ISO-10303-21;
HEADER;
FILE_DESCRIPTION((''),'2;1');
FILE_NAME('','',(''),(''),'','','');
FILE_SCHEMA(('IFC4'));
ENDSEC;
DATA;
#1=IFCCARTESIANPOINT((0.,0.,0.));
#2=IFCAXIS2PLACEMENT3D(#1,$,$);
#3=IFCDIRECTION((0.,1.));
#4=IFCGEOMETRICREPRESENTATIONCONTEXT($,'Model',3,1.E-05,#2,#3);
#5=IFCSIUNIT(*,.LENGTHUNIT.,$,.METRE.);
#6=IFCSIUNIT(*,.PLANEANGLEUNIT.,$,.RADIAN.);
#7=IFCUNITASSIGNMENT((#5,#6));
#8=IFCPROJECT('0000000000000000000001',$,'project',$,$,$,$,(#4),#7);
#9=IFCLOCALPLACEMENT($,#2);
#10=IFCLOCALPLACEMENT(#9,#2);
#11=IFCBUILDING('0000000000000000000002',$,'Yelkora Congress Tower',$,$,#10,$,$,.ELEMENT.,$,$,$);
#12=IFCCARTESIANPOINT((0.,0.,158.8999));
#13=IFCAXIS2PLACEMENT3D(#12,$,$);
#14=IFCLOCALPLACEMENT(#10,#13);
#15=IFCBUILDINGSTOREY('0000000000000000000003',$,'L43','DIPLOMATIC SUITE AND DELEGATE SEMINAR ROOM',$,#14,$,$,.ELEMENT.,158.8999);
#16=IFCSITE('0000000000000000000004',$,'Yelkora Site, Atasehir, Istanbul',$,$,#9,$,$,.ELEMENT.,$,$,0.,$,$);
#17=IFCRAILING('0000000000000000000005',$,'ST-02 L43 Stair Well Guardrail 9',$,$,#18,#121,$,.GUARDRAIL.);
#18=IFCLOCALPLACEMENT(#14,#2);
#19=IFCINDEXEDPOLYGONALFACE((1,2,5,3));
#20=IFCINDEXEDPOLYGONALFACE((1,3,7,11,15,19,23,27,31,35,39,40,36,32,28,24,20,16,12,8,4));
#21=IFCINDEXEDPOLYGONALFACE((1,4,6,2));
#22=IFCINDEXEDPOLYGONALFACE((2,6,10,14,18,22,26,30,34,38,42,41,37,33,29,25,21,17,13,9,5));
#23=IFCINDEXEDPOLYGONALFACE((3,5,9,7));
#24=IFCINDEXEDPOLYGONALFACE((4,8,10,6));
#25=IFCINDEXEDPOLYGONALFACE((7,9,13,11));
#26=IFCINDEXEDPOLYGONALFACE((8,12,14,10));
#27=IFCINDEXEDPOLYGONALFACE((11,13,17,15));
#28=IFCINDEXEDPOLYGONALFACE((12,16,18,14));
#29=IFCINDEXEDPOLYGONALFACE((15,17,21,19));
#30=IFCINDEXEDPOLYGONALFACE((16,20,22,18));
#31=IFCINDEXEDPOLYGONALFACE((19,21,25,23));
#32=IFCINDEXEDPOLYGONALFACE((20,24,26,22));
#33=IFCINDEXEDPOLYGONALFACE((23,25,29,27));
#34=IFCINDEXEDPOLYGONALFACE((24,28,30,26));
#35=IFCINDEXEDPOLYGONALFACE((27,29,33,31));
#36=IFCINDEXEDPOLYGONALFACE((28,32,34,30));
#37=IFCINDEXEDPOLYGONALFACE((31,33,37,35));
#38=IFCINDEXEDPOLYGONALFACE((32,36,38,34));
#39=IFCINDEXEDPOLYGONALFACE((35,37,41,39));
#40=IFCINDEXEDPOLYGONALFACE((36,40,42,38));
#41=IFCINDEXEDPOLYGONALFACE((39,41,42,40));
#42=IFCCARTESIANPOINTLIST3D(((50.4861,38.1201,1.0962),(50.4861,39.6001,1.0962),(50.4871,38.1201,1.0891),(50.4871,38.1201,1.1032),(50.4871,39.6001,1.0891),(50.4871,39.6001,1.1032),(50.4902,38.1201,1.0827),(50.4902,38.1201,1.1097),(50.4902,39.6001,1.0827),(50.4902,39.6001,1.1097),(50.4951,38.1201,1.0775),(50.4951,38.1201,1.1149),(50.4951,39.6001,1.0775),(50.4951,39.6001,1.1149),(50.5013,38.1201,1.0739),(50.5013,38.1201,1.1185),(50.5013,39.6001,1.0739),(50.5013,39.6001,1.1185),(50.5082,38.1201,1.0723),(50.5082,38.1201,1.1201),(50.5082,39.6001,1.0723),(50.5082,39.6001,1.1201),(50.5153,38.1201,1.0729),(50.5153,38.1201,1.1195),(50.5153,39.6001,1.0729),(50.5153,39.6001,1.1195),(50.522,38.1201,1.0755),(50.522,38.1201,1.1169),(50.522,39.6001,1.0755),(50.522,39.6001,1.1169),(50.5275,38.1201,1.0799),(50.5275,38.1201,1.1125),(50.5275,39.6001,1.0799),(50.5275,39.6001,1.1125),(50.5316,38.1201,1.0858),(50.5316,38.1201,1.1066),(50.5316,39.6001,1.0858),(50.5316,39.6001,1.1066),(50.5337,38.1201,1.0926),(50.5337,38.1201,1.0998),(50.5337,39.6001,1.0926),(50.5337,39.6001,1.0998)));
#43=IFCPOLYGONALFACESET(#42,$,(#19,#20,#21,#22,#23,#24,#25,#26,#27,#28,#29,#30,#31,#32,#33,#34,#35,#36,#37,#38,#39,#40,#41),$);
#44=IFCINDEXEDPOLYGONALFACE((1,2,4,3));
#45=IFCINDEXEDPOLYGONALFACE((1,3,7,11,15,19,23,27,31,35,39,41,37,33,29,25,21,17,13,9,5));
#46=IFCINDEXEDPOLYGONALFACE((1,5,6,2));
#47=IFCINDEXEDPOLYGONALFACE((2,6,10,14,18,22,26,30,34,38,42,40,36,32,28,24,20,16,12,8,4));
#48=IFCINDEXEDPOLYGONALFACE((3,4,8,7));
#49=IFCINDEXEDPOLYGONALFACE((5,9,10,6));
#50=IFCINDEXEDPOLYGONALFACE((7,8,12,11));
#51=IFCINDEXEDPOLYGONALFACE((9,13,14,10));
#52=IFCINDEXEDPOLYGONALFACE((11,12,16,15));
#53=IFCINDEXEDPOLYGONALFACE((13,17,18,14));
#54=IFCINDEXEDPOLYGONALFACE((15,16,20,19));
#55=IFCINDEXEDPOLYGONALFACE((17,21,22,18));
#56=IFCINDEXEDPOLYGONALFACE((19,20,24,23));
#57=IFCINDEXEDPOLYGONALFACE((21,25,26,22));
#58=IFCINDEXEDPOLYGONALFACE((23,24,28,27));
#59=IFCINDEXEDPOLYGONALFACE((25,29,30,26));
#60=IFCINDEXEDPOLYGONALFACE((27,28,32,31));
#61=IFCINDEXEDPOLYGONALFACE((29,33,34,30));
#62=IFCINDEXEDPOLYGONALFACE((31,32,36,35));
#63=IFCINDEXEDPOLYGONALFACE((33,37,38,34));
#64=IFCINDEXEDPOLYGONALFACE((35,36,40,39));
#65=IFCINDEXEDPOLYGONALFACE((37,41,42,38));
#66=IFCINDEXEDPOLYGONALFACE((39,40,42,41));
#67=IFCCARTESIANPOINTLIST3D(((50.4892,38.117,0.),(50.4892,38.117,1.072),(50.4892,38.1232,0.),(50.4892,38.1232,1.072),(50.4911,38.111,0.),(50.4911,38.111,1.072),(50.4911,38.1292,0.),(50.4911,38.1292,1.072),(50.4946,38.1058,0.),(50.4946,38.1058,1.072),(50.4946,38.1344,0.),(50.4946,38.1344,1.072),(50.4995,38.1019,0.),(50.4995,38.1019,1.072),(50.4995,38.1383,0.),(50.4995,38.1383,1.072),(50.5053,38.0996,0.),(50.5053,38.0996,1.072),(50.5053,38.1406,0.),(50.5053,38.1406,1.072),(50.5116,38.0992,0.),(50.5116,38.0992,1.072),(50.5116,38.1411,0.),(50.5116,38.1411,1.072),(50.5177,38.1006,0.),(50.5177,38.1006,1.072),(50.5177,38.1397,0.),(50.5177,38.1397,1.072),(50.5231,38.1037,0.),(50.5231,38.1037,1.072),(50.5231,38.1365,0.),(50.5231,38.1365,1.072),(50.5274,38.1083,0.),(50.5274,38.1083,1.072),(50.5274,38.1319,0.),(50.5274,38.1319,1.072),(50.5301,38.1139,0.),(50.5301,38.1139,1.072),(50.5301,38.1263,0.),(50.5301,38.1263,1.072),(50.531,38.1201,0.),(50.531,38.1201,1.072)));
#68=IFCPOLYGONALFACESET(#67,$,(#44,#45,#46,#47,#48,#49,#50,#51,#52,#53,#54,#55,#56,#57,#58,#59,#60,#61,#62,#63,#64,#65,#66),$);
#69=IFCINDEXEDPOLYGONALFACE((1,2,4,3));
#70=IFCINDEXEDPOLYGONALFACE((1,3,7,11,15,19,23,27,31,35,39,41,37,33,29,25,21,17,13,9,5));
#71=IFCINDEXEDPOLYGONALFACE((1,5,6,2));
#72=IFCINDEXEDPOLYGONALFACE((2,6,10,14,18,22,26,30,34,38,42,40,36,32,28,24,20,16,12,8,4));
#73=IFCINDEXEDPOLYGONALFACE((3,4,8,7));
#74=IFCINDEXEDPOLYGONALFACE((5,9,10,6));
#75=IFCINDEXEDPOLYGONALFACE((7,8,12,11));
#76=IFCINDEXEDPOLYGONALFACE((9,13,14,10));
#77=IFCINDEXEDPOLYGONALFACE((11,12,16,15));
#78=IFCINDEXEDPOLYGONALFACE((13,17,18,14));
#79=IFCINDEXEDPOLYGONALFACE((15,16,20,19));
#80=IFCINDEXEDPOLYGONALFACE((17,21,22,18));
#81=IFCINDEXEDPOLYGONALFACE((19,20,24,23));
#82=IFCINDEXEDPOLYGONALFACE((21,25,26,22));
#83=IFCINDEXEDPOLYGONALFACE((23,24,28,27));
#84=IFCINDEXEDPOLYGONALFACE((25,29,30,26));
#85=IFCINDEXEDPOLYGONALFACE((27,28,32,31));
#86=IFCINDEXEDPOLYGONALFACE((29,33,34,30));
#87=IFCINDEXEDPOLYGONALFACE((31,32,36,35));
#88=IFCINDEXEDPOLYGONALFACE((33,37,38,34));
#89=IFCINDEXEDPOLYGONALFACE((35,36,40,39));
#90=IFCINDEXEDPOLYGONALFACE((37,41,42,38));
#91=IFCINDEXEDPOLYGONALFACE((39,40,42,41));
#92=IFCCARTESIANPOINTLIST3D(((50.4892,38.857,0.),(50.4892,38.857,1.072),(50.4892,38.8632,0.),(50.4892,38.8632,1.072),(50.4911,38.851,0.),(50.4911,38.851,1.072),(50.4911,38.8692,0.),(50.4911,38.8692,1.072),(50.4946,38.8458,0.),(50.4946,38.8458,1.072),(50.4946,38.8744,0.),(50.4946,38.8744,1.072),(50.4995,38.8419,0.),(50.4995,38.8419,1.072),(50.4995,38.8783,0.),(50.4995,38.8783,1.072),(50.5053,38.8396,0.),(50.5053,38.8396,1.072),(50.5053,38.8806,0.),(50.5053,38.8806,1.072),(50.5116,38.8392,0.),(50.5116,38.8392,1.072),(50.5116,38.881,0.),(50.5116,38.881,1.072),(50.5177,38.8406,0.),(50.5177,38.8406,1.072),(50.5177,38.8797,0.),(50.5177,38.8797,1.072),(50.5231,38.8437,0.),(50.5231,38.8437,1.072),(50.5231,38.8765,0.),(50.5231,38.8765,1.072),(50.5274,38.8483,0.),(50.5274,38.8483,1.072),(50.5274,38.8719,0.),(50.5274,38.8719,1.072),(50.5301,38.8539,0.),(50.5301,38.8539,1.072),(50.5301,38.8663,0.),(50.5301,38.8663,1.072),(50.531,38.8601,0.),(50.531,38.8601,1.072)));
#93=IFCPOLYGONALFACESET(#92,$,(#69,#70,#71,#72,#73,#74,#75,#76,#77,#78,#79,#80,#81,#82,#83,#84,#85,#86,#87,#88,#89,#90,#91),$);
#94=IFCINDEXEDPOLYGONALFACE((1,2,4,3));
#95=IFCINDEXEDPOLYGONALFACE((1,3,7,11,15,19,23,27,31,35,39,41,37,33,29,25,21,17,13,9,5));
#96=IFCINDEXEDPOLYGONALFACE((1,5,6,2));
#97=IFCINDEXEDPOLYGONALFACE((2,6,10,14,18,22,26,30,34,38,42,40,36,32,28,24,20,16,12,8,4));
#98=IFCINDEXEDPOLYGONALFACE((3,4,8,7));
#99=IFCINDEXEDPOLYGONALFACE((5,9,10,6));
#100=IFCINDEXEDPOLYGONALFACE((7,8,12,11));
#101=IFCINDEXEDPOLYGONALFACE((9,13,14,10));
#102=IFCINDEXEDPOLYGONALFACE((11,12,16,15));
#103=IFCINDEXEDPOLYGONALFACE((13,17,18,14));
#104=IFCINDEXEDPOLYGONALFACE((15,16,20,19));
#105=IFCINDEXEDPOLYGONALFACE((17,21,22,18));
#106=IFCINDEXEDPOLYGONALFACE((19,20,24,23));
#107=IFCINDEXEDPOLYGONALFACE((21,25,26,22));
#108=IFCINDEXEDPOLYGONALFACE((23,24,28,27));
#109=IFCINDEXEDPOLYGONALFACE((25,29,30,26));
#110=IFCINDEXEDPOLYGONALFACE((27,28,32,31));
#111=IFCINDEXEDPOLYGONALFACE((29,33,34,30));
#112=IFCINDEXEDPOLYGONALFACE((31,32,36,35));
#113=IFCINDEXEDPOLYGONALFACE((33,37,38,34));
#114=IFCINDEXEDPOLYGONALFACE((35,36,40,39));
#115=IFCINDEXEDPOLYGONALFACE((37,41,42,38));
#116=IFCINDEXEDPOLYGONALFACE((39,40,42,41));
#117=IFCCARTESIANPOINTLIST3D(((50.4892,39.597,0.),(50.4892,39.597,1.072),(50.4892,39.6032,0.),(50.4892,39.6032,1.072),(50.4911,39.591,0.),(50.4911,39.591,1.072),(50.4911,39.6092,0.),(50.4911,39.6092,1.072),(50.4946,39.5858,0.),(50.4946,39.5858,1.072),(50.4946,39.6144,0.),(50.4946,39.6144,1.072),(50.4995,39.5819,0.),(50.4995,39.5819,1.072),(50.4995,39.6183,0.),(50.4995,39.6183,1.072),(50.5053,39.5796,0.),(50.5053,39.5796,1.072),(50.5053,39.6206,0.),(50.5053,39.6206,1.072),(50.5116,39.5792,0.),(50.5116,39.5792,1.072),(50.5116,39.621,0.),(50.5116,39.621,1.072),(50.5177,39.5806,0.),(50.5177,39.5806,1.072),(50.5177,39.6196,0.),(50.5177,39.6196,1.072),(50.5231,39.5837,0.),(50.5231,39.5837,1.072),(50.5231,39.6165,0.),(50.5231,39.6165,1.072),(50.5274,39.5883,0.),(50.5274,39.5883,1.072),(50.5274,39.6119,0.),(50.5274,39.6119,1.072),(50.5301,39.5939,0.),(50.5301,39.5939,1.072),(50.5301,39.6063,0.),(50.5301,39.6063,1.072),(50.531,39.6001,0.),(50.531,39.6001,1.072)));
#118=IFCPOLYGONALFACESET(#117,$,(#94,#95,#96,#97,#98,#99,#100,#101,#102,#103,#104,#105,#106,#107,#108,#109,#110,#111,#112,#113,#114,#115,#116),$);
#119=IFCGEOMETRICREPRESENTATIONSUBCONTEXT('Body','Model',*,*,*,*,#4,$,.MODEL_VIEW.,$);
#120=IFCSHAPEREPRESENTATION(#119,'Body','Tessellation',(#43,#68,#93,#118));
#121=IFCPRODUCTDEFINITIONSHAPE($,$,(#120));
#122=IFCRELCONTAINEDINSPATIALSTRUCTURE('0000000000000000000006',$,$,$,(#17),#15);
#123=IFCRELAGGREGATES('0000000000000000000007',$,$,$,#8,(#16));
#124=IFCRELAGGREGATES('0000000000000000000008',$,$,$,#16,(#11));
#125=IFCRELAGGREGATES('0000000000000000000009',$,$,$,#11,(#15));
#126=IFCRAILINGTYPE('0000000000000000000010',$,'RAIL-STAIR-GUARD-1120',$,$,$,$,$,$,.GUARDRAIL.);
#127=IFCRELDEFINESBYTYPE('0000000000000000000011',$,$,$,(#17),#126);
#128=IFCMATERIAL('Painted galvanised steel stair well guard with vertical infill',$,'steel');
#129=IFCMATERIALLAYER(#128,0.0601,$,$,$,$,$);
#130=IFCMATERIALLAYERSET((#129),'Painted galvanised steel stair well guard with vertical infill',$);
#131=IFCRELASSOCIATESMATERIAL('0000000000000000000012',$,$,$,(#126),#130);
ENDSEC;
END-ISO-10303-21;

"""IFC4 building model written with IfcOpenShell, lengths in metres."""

from ifc_helpers import new_model, si_unit, direction, frame, origin, origin_2d, place, context, subcontext, project, spatial, circle, extrude, material, layer, layer_set, type_object, element, save


model = new_model("IFC4")

# Units and contexts
model_context = context("Model", 3, precision=1e-05, world=origin(), true_north=direction((0.0, 1.0)))
body_context = subcontext(model_context, "Body", "Model", "MODEL_VIEW")
ifc_project = project(units=[si_unit("LENGTHUNIT", "METRE"), si_unit("PLANEANGLEUNIT", "RADIAN")], contexts=[model_context])

# Site, building, storey
site_placement = place(None, origin())
site = spatial("IfcSite", under=ifc_project, at=site_placement, Name="Yelkora Site, Atasehir, Istanbul", CompositionType="ELEMENT", RefElevation=0.0)
building_placement = place(site_placement, origin())
building = spatial("IfcBuilding", under=site, at=building_placement, Name="Yelkora Congress Tower", CompositionType="ELEMENT")
storey_placement = place(building_placement, frame((0.0, 0.0, 158.8999)))
storey = spatial("IfcBuildingStorey", under=building, at=storey_placement, Name="L43", Description="DIPLOMATIC SUITE AND DELEGATE SEMINAR ROOM", CompositionType="ELEMENT", Elevation=158.8999)

# Railing
ifc_material_1 = material(Name="Painted galvanised steel stair well guard with vertical infill", Category="steel")
ifc_layer_1 = layer(ifc_material_1, 0.0601)
ifc_layer_set_1 = layer_set([ifc_layer_1], Name="Painted galvanised steel stair well guard with vertical infill")
railing_type_1 = type_object("IfcRailingType", Name="RAIL-STAIR-GUARD-1120", PredefinedType="GUARDRAIL", material=ifc_layer_set_1)
railing_1_placement = place(storey_placement, frame((50.51, 38.1201, 0.0)))
element("IfcRailing", 1, at=railing_1_placement, inside=storey, type_object=railing_type_1, Name="ST-02 L43 Stair Well Guardrail 9", PredefinedType="GUARDRAIL", context=body_context, shape_type="SweptSolid", body=[
    extrude(circle(Radius=0.0239, at=origin_2d()), frame((0.0, 0.0, 1.0962), z_axis=(0.0, 1.0, 0.0), x_axis=(-1.0, 0.0, 0.0)), (0.0, 0.0, 1.0), 1.48),
    extrude(circle(Radius=0.021, at=origin_2d()), origin(), (0.0, 0.0, 1.0), 1.072),
    extrude(circle(Radius=0.021, at=origin_2d()), frame((0.0, 0.74, 0.0)), (0.0, 0.0, 1.0), 1.072),
    extrude(circle(Radius=0.021, at=origin_2d()), frame((0.0, 1.48, 0.0)), (0.0, 0.0, 1.0), 1.072),
])

save(model, "model.ifc")
